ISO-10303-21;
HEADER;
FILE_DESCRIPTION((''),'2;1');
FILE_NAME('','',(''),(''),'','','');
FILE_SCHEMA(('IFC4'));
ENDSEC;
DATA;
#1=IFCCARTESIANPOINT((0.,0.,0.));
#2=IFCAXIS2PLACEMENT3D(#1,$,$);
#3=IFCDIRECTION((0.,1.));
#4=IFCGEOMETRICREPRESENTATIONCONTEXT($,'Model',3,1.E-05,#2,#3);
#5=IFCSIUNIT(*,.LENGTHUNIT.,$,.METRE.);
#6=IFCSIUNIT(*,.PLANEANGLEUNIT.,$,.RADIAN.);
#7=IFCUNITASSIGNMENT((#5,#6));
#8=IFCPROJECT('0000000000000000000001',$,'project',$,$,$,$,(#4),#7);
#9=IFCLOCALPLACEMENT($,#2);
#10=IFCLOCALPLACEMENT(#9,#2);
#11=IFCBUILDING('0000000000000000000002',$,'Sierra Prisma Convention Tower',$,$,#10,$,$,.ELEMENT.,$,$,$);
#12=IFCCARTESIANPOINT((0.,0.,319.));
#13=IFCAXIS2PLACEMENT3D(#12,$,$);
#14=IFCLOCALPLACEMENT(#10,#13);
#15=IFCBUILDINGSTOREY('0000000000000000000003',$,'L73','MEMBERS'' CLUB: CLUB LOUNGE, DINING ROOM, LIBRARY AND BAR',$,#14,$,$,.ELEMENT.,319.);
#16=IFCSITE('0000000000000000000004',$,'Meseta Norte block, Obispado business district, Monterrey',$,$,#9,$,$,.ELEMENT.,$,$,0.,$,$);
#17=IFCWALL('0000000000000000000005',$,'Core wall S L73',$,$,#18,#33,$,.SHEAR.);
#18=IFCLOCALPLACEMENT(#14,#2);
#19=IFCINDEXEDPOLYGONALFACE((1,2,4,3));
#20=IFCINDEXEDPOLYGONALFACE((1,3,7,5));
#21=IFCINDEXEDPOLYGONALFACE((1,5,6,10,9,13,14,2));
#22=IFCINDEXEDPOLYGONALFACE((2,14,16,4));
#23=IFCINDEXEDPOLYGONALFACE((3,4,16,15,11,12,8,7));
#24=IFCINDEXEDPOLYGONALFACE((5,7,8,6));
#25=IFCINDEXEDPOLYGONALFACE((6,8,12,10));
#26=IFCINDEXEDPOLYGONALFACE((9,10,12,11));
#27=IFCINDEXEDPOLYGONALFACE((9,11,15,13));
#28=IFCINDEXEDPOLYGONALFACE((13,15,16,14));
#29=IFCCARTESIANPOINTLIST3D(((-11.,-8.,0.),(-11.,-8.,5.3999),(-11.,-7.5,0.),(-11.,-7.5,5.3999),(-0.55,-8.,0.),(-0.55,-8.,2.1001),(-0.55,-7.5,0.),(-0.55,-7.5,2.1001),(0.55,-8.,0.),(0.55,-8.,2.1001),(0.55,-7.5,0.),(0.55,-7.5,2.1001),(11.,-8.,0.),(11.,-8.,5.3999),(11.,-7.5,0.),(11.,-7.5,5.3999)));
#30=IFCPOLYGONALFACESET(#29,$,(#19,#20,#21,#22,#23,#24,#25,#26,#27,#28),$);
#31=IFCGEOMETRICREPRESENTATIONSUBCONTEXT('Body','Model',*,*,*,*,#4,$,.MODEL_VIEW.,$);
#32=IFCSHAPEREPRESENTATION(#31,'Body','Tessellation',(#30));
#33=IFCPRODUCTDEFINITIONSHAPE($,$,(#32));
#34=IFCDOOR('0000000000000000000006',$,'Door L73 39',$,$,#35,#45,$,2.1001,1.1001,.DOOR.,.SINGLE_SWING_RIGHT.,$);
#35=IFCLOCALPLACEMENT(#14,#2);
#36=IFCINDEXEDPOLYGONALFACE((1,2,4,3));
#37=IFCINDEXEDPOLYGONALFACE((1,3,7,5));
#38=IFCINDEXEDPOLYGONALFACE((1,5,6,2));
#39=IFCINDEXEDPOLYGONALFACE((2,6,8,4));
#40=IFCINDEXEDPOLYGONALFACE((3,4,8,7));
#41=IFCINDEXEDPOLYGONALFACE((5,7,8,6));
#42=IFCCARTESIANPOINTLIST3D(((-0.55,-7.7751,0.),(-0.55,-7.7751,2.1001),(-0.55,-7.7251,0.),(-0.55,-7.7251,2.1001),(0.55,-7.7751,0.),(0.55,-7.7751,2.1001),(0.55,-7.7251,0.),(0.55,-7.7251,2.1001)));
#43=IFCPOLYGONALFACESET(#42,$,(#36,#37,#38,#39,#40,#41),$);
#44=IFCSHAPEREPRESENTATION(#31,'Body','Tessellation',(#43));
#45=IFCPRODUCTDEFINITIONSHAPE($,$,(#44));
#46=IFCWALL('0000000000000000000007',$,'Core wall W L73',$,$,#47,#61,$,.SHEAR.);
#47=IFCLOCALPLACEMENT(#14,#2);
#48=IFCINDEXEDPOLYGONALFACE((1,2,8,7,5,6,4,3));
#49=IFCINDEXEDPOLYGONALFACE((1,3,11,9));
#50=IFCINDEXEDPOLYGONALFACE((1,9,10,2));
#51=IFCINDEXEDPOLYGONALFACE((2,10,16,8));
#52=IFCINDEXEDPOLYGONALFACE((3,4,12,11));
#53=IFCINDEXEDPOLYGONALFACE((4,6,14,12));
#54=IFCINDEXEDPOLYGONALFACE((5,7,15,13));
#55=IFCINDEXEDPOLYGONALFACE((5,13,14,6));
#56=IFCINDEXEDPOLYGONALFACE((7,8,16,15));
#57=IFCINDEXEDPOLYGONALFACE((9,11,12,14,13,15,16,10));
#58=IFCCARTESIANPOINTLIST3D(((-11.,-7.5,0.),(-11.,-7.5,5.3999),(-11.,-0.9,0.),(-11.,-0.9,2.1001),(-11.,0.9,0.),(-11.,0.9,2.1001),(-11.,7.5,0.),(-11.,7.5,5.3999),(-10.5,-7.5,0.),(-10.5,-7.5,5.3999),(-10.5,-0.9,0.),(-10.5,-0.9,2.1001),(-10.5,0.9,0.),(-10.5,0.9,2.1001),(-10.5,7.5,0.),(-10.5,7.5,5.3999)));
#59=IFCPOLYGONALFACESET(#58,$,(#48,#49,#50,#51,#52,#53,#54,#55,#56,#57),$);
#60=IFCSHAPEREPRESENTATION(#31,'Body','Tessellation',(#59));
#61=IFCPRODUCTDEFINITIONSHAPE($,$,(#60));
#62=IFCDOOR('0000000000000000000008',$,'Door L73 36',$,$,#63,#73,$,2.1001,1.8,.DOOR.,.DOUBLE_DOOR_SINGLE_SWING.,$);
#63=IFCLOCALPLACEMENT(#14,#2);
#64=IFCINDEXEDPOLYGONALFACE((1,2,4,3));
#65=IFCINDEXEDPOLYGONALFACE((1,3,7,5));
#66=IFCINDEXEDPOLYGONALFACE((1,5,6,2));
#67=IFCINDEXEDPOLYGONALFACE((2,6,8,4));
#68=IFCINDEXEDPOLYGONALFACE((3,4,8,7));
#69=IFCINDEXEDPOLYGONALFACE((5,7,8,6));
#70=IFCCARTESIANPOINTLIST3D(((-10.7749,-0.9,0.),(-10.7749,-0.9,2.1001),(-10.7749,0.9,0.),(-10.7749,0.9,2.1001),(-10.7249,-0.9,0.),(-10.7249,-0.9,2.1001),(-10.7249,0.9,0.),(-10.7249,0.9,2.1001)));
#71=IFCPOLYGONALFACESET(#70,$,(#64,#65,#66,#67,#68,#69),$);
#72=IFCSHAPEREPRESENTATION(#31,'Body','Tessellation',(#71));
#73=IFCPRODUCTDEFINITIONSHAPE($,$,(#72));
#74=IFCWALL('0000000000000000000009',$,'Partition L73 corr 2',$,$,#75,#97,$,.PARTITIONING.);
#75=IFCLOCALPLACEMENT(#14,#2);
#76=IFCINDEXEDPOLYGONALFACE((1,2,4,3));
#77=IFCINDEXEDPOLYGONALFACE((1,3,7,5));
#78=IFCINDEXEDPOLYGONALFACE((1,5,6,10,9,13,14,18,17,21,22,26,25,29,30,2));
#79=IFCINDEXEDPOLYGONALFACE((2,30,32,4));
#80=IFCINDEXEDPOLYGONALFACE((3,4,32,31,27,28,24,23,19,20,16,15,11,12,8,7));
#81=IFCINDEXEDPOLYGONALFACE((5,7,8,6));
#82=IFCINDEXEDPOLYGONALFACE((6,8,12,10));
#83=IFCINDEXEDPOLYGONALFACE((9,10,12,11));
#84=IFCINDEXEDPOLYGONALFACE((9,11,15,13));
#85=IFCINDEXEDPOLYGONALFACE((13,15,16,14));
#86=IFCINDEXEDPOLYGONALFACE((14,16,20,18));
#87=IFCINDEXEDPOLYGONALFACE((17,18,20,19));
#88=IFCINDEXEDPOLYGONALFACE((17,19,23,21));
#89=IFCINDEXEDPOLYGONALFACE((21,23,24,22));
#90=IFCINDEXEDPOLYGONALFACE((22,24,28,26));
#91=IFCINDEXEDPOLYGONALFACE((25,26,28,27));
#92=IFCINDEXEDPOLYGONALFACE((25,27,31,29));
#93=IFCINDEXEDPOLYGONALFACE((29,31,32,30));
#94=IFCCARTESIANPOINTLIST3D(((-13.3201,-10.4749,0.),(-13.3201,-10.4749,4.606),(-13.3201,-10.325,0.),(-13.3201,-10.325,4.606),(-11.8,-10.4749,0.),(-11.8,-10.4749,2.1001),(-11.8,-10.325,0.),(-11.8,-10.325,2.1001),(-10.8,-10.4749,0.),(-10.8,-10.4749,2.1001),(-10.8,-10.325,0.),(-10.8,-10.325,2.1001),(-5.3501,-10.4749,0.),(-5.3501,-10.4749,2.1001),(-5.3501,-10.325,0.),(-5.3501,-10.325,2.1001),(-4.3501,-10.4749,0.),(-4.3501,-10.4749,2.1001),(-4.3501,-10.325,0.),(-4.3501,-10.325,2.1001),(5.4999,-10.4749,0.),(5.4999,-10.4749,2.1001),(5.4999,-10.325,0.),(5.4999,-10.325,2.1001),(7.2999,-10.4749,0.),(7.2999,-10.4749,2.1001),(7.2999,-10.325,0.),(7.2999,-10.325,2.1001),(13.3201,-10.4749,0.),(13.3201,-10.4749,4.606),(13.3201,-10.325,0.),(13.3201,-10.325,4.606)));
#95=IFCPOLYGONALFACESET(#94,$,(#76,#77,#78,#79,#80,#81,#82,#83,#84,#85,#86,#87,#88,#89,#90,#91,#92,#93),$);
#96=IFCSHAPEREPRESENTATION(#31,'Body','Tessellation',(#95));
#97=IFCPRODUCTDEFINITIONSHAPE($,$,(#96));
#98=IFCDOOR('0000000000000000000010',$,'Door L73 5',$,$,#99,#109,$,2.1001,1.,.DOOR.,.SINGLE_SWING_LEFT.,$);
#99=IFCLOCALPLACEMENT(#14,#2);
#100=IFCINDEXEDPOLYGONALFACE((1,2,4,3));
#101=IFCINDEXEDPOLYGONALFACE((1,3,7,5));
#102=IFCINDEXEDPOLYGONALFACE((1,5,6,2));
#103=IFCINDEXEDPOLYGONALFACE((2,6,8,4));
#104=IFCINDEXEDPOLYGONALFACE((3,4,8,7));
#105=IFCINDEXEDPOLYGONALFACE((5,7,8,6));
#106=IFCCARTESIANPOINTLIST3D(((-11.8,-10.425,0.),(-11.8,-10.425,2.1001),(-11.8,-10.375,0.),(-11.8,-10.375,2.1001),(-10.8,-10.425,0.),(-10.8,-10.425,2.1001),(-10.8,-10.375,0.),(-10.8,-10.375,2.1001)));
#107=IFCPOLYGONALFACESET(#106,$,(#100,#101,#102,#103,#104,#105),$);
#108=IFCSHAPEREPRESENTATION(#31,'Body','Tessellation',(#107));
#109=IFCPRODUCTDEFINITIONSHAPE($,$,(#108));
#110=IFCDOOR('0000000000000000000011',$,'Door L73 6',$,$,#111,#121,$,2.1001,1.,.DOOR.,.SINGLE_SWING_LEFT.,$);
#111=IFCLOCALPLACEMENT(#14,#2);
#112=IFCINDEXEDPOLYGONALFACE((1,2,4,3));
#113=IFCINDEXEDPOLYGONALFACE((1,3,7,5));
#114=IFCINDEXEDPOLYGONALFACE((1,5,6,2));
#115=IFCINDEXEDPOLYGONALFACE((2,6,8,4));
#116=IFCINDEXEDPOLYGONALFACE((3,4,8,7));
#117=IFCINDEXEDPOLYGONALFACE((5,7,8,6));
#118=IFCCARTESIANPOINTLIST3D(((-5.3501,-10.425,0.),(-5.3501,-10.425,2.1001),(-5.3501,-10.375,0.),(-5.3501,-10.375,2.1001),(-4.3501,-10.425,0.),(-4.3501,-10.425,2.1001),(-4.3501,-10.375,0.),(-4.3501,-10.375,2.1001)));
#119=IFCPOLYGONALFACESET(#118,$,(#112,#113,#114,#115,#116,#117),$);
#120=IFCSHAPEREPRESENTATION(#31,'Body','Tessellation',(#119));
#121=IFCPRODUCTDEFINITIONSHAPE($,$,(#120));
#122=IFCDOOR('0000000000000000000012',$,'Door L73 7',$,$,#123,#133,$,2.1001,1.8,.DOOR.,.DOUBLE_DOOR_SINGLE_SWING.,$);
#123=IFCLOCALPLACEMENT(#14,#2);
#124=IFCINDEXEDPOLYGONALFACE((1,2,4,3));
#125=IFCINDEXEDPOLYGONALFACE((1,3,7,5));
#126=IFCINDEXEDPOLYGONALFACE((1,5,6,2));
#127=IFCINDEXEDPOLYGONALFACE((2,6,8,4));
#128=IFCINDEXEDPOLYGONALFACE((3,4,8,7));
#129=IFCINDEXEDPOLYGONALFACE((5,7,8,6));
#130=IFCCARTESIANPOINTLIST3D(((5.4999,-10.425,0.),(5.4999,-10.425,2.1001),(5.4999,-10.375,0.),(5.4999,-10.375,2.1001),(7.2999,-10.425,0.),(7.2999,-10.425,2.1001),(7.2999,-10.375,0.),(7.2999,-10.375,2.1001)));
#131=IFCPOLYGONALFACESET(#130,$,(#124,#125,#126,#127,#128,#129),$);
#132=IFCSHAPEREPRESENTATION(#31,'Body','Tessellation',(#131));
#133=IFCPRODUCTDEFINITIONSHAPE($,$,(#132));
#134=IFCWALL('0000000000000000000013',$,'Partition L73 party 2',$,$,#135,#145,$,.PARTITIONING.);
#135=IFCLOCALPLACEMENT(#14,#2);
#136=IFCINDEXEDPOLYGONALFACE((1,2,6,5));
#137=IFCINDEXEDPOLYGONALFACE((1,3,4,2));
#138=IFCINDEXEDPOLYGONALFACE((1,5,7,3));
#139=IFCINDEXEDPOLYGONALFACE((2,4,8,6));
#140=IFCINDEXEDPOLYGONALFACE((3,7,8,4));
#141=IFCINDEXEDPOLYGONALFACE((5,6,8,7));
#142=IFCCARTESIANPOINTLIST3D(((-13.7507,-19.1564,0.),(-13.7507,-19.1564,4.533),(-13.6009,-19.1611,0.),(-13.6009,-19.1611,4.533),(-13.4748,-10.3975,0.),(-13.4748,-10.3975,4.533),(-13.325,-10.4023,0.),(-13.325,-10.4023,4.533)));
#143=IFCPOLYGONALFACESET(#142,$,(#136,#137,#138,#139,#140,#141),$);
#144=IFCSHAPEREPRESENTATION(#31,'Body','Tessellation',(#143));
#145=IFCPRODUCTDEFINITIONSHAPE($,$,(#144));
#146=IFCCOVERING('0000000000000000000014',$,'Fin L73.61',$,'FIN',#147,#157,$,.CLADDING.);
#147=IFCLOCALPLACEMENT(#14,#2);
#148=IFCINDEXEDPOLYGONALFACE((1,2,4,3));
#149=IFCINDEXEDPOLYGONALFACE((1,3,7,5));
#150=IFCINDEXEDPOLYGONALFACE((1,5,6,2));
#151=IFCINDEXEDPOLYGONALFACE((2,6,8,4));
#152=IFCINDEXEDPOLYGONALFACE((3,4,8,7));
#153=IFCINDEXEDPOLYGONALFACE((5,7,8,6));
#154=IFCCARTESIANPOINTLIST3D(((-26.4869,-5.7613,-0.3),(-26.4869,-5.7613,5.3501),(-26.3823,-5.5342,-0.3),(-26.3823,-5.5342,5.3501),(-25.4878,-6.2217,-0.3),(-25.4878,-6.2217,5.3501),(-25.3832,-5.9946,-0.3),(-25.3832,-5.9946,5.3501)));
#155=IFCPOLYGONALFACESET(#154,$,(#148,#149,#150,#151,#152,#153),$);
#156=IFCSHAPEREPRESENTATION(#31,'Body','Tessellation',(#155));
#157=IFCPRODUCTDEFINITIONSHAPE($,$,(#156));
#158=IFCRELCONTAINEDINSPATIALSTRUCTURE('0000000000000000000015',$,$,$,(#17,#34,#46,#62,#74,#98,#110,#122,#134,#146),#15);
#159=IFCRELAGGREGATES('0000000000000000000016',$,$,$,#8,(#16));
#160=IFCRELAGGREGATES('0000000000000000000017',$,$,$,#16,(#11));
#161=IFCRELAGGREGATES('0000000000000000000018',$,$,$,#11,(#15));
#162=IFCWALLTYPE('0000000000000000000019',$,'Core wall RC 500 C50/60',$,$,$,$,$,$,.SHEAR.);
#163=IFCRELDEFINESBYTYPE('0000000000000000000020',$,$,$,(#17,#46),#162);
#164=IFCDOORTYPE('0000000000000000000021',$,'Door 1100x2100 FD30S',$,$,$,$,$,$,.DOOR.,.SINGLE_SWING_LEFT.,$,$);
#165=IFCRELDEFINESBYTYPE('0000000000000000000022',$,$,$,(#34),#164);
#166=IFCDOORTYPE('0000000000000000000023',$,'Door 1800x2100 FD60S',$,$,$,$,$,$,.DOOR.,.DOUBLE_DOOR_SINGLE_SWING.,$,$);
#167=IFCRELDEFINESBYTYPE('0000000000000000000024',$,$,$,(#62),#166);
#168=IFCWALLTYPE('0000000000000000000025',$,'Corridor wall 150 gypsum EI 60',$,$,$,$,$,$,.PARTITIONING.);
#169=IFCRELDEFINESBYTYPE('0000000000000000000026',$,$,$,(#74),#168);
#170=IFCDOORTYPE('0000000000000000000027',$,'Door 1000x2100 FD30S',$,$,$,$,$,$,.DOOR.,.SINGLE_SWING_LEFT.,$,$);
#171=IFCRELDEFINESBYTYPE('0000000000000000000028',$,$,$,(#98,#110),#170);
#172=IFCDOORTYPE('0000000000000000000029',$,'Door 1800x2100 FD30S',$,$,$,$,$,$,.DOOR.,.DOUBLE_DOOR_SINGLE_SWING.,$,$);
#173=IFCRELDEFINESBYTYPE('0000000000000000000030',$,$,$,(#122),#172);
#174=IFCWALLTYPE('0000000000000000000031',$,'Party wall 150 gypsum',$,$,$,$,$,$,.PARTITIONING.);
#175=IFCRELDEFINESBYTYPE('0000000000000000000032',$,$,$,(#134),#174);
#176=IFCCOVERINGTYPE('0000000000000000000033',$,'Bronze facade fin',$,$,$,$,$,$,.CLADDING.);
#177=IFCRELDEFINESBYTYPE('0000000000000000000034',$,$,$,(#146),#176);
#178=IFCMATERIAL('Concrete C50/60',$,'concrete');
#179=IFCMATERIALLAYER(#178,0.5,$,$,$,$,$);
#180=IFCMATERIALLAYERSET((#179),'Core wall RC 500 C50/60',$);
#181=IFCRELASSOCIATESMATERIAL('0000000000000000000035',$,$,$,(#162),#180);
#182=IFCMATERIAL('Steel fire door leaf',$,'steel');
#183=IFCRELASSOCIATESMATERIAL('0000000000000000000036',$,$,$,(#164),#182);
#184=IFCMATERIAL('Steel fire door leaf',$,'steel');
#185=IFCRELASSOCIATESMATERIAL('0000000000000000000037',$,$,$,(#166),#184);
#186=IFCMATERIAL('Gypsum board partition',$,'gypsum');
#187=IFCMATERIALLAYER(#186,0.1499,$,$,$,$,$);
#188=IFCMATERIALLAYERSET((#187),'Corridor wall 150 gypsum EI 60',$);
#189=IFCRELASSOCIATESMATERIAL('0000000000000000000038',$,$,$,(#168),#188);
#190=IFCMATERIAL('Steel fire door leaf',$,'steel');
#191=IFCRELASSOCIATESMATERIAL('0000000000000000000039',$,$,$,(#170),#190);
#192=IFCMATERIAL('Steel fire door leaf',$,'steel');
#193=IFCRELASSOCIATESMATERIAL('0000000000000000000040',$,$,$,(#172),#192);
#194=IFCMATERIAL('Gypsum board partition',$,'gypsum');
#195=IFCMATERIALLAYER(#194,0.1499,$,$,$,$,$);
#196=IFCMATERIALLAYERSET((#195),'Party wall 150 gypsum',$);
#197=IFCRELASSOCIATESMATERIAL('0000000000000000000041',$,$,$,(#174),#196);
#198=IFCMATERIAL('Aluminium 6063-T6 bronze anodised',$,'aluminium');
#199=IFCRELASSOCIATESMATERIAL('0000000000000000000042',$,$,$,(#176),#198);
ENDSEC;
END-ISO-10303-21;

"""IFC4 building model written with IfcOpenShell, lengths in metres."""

from ifc_helpers import new_model, si_unit, direction, frame, frame_2d, origin, origin_2d, place, context, subcontext, project, spatial, rectangle, extrude, material, layer, layer_set, material_profile, profile_set, type_object, element, fill, save


model = new_model("IFC4")

# Units and contexts
model_context = context("Model", 3, precision=1e-05, world=origin(), true_north=direction((0.0, 1.0)))
body_context = subcontext(model_context, "Body", "Model", "MODEL_VIEW")
ifc_project = project(units=[si_unit("LENGTHUNIT", "METRE"), si_unit("PLANEANGLEUNIT", "RADIAN")], contexts=[model_context])

# Site, building, storey
site_placement = place(None, origin())
site = spatial("IfcSite", under=ifc_project, at=site_placement, Name="Meseta Norte block, Obispado business district, Monterrey", CompositionType="ELEMENT", RefElevation=0.0)
building_placement = place(site_placement, origin())
building = spatial("IfcBuilding", under=site, at=building_placement, Name="Sierra Prisma Convention Tower", CompositionType="ELEMENT")
storey_placement = place(building_placement, frame((0.0, 0.0, 319.0)))
storey = spatial("IfcBuildingStorey", under=building, at=storey_placement, Name="L73", Description="MEMBERS' CLUB: CLUB LOUNGE, DINING ROOM, LIBRARY AND BAR", CompositionType="ELEMENT", Elevation=319.0)

# Walls, openings, doors
ifc_material_1 = material(Name="Concrete C50/60", Category="concrete")
ifc_layer_1 = layer(ifc_material_1, 0.5)
ifc_layer_set_1 = layer_set([ifc_layer_1], Name="Core wall RC 500 C50/60")
wall_type_1 = type_object("IfcWallType", Name="Core wall RC 500 C50/60", PredefinedType="SHEAR", material=ifc_layer_set_1)
wall_1_placement = place(storey_placement, frame((-11.0, -7.75, 0.0), z_axis=(0.0, 0.0, 1.0), x_axis=(1.0, 0.0, 0.0)))
wall_1 = element("IfcWall", 1, at=wall_1_placement, inside=storey, type_object=wall_type_1, Name="Core wall S L73", PredefinedType="SHEAR", context=body_context, shape_type="SweptSolid", body=[
    extrude(rectangle(XDim=22.0, YDim=0.5, at=frame_2d((11.0, 0.0))), origin(), (0.0, 0.0, 1.0), 5.3999),
])
opening_1_placement = place(wall_1_placement, frame((10.45, 0.0, 0.0)))
opening_1 = element("IfcOpeningElement", 2, at=opening_1_placement, cuts=wall_1, PredefinedType="OPENING", context=body_context, shape_type="SweptSolid", body=[
    extrude(rectangle(XDim=1.1001, YDim=2.1001, at=frame_2d((0.55, 1.05))), frame((0.0, 0.25, 0.0), z_axis=(0.0, -1.0, 0.0), x_axis=(1.0, 0.0, 0.0)), (0.0, 0.0, 1.0), 0.5),
])
ifc_material_2 = material(Name="Steel fire door leaf", Category="steel")
door_type_1 = type_object("IfcDoorType", Name="Door 1100x2100 FD30S", OperationType="SINGLE_SWING_LEFT", PredefinedType="DOOR", material=ifc_material_2)
door_1_placement = place(opening_1_placement, origin())
door_1 = element("IfcDoor", 3, at=door_1_placement, inside=storey, type_object=door_type_1, Name="Door L73 39", OperationType="SINGLE_SWING_RIGHT", OverallHeight=2.1001, OverallWidth=1.1001, PredefinedType="DOOR", context=body_context, shape_type="SweptSolid", body=[
    extrude(rectangle(XDim=1.1001, YDim=2.1001, at=frame_2d((0.55, 1.05))), frame((0.0, 0.0249, 0.0), z_axis=(0.0, -1.0, 0.0), x_axis=(1.0, 0.0, 0.0)), (0.0, 0.0, 1.0), 0.05),
])
fill(opening_1, door_1)
wall_2_placement = place(storey_placement, frame((-10.75, -7.5, 0.0), z_axis=(0.0, 0.0, 1.0), x_axis=(0.0, 1.0, 0.0)))
wall_2 = element("IfcWall", 4, at=wall_2_placement, inside=storey, type_object=wall_type_1, Name="Core wall W L73", PredefinedType="SHEAR", context=body_context, shape_type="SweptSolid", body=[
    extrude(rectangle(XDim=15.0, YDim=0.5, at=frame_2d((7.5, 0.0))), origin(), (0.0, 0.0, 1.0), 5.3999),
])
opening_2_placement = place(wall_2_placement, frame((6.6001, 0.0, 0.0)))
opening_2 = element("IfcOpeningElement", 5, at=opening_2_placement, cuts=wall_2, PredefinedType="OPENING", context=body_context, shape_type="SweptSolid", body=[
    extrude(rectangle(XDim=1.8, YDim=2.1001, at=frame_2d((0.8999, 1.05))), frame((0.0, 0.25, 0.0), z_axis=(0.0, -1.0, 0.0), x_axis=(1.0, 0.0, 0.0)), (0.0, 0.0, 1.0), 0.5),
])
ifc_material_3 = material(Name="Steel fire door leaf", Category="steel")
door_type_2 = type_object("IfcDoorType", Name="Door 1800x2100 FD60S", OperationType="DOUBLE_DOOR_SINGLE_SWING", PredefinedType="DOOR", material=ifc_material_3)
door_2_placement = place(opening_2_placement, origin())
door_2 = element("IfcDoor", 6, at=door_2_placement, inside=storey, type_object=door_type_2, Name="Door L73 36", OperationType="DOUBLE_DOOR_SINGLE_SWING", OverallHeight=2.1001, OverallWidth=1.8, PredefinedType="DOOR", context=body_context, shape_type="SweptSolid", body=[
    extrude(rectangle(XDim=1.8, YDim=2.1001, at=frame_2d((0.8999, 1.05))), frame((0.0, 0.0249, 0.0), z_axis=(0.0, -1.0, 0.0), x_axis=(1.0, 0.0, 0.0)), (0.0, 0.0, 1.0), 0.05),
])
fill(opening_2, door_2)

# Wall, openings, doors
ifc_material_4 = material(Name="Gypsum board partition", Category="gypsum")
ifc_layer_2 = layer(ifc_material_4, 0.1499)
ifc_layer_set_2 = layer_set([ifc_layer_2], Name="Corridor wall 150 gypsum EI 60")
wall_type_2 = type_object("IfcWallType", Name="Corridor wall 150 gypsum EI 60", PredefinedType="PARTITIONING", material=ifc_layer_set_2)
wall_3_placement = place(storey_placement, frame((-13.3201, -10.3999, 0.0), z_axis=(0.0, 0.0, 1.0), x_axis=(1.0, 0.0, 0.0)))
wall_3 = element("IfcWall", 7, at=wall_3_placement, inside=storey, type_object=wall_type_2, Name="Partition L73 corr 2", PredefinedType="PARTITIONING", context=body_context, shape_type="SweptSolid", body=[
    extrude(rectangle(XDim=26.6401, YDim=0.1499, at=frame_2d((13.3201, 0.0))), origin(), (0.0, 0.0, 1.0), 4.606),
])
opening_3_placement = place(wall_3_placement, frame((1.52, 0.0, 0.0)))
opening_3 = element("IfcOpeningElement", 8, at=opening_3_placement, cuts=wall_3, PredefinedType="OPENING", context=body_context, shape_type="SweptSolid", body=[
    extrude(rectangle(XDim=1.0, YDim=2.1001, at=frame_2d((0.5, 1.05))), frame((0.0, 0.075, 0.0), z_axis=(0.0, -1.0, 0.0), x_axis=(1.0, 0.0, 0.0)), (0.0, 0.0, 1.0), 0.1499),
])
opening_4_placement = place(wall_3_placement, frame((7.97, 0.0, 0.0)))
opening_4 = element("IfcOpeningElement", 9, at=opening_4_placement, cuts=wall_3, PredefinedType="OPENING", context=body_context, shape_type="SweptSolid", body=[
    extrude(rectangle(XDim=1.0, YDim=2.1001, at=frame_2d((0.5, 1.05))), frame((0.0, 0.075, 0.0), z_axis=(0.0, -1.0, 0.0), x_axis=(1.0, 0.0, 0.0)), (0.0, 0.0, 1.0), 0.1499),
])
opening_5_placement = place(wall_3_placement, frame((18.8201, 0.0, 0.0)))
opening_5 = element("IfcOpeningElement", 10, at=opening_5_placement, cuts=wall_3, PredefinedType="OPENING", context=body_context, shape_type="SweptSolid", body=[
    extrude(rectangle(XDim=1.8, YDim=2.1001, at=frame_2d((0.8999, 1.05))), frame((0.0, 0.075, 0.0), z_axis=(0.0, -1.0, 0.0), x_axis=(1.0, 0.0, 0.0)), (0.0, 0.0, 1.0), 0.1499),
])
ifc_material_5 = material(Name="Steel fire door leaf", Category="steel")
door_type_3 = type_object("IfcDoorType", Name="Door 1000x2100 FD30S", OperationType="SINGLE_SWING_LEFT", PredefinedType="DOOR", material=ifc_material_5)
door_3_placement = place(opening_3_placement, origin())
door_3 = element("IfcDoor", 11, at=door_3_placement, inside=storey, type_object=door_type_3, Name="Door L73 5", OperationType="SINGLE_SWING_LEFT", OverallHeight=2.1001, OverallWidth=1.0, PredefinedType="DOOR", context=body_context, shape_type="SweptSolid", body=[
    extrude(rectangle(XDim=1.0, YDim=2.1001, at=frame_2d((0.5, 1.05))), frame((0.0, 0.0249, 0.0), z_axis=(0.0, -1.0, 0.0), x_axis=(1.0, 0.0, 0.0)), (0.0, 0.0, 1.0), 0.05),
])
fill(opening_3, door_3)
door_4_placement = place(opening_4_placement, origin())
door_4 = element("IfcDoor", 12, at=door_4_placement, inside=storey, type_object=door_type_3, Name="Door L73 6", OperationType="SINGLE_SWING_LEFT", OverallHeight=2.1001, OverallWidth=1.0, PredefinedType="DOOR", context=body_context, shape_type="SweptSolid", body=[
    extrude(rectangle(XDim=1.0, YDim=2.1001, at=frame_2d((0.5, 1.05))), frame((0.0, 0.0249, 0.0), z_axis=(0.0, -1.0, 0.0), x_axis=(1.0, 0.0, 0.0)), (0.0, 0.0, 1.0), 0.05),
])
fill(opening_4, door_4)
ifc_material_6 = material(Name="Steel fire door leaf", Category="steel")
door_type_4 = type_object("IfcDoorType", Name="Door 1800x2100 FD30S", OperationType="DOUBLE_DOOR_SINGLE_SWING", PredefinedType="DOOR", material=ifc_material_6)
door_5_placement = place(opening_5_placement, origin())
door_5 = element("IfcDoor", 13, at=door_5_placement, inside=storey, type_object=door_type_4, Name="Door L73 7", OperationType="DOUBLE_DOOR_SINGLE_SWING", OverallHeight=2.1001, OverallWidth=1.8, PredefinedType="DOOR", context=body_context, shape_type="SweptSolid", body=[
    extrude(rectangle(XDim=1.8, YDim=2.1001, at=frame_2d((0.8999, 1.05))), frame((0.0, 0.0249, 0.0), z_axis=(0.0, -1.0, 0.0), x_axis=(1.0, 0.0, 0.0)), (0.0, 0.0, 1.0), 0.05),
])
fill(opening_5, door_5)

# Wall
ifc_material_7 = material(Name="Gypsum board partition", Category="gypsum")
ifc_layer_3 = layer(ifc_material_7, 0.1499)
ifc_layer_set_3 = layer_set([ifc_layer_3], Name="Party wall 150 gypsum")
wall_type_3 = type_object("IfcWallType", Name="Party wall 150 gypsum", PredefinedType="PARTITIONING", material=ifc_layer_set_3)
wall_4_placement = place(storey_placement, frame((-13.3999, -10.3999, 0.0), z_axis=(0.0, 0.0, 1.0), x_axis=(-0.031482, -0.999504, 0.0)))
element("IfcWall", 14, at=wall_4_placement, inside=storey, type_object=wall_type_3, Name="Partition L73 party 2", PredefinedType="PARTITIONING", context=body_context, shape_type="SweptSolid", body=[
    extrude(rectangle(XDim=8.7632, YDim=0.1499, at=frame_2d((4.3816, 0.0))), origin(), (0.0, 0.0, 1.0), 4.533),
])

# Covering
ifc_material_8 = material(Name="Aluminium 6063-T6 bronze anodised", Category="aluminium")
ifc_material_profile_1 = material_profile(ifc_material_8, rectangle(XDim=1.1001, YDim=0.25, at=origin_2d()), Name="ALU FIN 1100x250")
ifc_profile_set_1 = profile_set([ifc_material_profile_1], Name="Aluminium 6063-T6 bronze anodised")
covering_type = type_object("IfcCoveringType", Name="Bronze facade fin", PredefinedType="CLADDING", material=ifc_profile_set_1)
covering_placement = place(storey_placement, frame((-25.9351, -5.8779, -0.3), z_axis=(0.0, 0.0, 1.0), x_axis=(-0.908216, 0.418501, 0.0)))
element("IfcCovering", 15, at=covering_placement, inside=storey, type_object=covering_type, Name="Fin L73.61", ObjectType="FIN", PredefinedType="CLADDING", context=body_context, shape_type="SweptSolid", body=[
    extrude(rectangle(XDim=1.1001, YDim=0.25, at=origin_2d()), origin(), (0.0, 0.0, 1.0), 5.6501),
])

save(model, "model.ifc")
